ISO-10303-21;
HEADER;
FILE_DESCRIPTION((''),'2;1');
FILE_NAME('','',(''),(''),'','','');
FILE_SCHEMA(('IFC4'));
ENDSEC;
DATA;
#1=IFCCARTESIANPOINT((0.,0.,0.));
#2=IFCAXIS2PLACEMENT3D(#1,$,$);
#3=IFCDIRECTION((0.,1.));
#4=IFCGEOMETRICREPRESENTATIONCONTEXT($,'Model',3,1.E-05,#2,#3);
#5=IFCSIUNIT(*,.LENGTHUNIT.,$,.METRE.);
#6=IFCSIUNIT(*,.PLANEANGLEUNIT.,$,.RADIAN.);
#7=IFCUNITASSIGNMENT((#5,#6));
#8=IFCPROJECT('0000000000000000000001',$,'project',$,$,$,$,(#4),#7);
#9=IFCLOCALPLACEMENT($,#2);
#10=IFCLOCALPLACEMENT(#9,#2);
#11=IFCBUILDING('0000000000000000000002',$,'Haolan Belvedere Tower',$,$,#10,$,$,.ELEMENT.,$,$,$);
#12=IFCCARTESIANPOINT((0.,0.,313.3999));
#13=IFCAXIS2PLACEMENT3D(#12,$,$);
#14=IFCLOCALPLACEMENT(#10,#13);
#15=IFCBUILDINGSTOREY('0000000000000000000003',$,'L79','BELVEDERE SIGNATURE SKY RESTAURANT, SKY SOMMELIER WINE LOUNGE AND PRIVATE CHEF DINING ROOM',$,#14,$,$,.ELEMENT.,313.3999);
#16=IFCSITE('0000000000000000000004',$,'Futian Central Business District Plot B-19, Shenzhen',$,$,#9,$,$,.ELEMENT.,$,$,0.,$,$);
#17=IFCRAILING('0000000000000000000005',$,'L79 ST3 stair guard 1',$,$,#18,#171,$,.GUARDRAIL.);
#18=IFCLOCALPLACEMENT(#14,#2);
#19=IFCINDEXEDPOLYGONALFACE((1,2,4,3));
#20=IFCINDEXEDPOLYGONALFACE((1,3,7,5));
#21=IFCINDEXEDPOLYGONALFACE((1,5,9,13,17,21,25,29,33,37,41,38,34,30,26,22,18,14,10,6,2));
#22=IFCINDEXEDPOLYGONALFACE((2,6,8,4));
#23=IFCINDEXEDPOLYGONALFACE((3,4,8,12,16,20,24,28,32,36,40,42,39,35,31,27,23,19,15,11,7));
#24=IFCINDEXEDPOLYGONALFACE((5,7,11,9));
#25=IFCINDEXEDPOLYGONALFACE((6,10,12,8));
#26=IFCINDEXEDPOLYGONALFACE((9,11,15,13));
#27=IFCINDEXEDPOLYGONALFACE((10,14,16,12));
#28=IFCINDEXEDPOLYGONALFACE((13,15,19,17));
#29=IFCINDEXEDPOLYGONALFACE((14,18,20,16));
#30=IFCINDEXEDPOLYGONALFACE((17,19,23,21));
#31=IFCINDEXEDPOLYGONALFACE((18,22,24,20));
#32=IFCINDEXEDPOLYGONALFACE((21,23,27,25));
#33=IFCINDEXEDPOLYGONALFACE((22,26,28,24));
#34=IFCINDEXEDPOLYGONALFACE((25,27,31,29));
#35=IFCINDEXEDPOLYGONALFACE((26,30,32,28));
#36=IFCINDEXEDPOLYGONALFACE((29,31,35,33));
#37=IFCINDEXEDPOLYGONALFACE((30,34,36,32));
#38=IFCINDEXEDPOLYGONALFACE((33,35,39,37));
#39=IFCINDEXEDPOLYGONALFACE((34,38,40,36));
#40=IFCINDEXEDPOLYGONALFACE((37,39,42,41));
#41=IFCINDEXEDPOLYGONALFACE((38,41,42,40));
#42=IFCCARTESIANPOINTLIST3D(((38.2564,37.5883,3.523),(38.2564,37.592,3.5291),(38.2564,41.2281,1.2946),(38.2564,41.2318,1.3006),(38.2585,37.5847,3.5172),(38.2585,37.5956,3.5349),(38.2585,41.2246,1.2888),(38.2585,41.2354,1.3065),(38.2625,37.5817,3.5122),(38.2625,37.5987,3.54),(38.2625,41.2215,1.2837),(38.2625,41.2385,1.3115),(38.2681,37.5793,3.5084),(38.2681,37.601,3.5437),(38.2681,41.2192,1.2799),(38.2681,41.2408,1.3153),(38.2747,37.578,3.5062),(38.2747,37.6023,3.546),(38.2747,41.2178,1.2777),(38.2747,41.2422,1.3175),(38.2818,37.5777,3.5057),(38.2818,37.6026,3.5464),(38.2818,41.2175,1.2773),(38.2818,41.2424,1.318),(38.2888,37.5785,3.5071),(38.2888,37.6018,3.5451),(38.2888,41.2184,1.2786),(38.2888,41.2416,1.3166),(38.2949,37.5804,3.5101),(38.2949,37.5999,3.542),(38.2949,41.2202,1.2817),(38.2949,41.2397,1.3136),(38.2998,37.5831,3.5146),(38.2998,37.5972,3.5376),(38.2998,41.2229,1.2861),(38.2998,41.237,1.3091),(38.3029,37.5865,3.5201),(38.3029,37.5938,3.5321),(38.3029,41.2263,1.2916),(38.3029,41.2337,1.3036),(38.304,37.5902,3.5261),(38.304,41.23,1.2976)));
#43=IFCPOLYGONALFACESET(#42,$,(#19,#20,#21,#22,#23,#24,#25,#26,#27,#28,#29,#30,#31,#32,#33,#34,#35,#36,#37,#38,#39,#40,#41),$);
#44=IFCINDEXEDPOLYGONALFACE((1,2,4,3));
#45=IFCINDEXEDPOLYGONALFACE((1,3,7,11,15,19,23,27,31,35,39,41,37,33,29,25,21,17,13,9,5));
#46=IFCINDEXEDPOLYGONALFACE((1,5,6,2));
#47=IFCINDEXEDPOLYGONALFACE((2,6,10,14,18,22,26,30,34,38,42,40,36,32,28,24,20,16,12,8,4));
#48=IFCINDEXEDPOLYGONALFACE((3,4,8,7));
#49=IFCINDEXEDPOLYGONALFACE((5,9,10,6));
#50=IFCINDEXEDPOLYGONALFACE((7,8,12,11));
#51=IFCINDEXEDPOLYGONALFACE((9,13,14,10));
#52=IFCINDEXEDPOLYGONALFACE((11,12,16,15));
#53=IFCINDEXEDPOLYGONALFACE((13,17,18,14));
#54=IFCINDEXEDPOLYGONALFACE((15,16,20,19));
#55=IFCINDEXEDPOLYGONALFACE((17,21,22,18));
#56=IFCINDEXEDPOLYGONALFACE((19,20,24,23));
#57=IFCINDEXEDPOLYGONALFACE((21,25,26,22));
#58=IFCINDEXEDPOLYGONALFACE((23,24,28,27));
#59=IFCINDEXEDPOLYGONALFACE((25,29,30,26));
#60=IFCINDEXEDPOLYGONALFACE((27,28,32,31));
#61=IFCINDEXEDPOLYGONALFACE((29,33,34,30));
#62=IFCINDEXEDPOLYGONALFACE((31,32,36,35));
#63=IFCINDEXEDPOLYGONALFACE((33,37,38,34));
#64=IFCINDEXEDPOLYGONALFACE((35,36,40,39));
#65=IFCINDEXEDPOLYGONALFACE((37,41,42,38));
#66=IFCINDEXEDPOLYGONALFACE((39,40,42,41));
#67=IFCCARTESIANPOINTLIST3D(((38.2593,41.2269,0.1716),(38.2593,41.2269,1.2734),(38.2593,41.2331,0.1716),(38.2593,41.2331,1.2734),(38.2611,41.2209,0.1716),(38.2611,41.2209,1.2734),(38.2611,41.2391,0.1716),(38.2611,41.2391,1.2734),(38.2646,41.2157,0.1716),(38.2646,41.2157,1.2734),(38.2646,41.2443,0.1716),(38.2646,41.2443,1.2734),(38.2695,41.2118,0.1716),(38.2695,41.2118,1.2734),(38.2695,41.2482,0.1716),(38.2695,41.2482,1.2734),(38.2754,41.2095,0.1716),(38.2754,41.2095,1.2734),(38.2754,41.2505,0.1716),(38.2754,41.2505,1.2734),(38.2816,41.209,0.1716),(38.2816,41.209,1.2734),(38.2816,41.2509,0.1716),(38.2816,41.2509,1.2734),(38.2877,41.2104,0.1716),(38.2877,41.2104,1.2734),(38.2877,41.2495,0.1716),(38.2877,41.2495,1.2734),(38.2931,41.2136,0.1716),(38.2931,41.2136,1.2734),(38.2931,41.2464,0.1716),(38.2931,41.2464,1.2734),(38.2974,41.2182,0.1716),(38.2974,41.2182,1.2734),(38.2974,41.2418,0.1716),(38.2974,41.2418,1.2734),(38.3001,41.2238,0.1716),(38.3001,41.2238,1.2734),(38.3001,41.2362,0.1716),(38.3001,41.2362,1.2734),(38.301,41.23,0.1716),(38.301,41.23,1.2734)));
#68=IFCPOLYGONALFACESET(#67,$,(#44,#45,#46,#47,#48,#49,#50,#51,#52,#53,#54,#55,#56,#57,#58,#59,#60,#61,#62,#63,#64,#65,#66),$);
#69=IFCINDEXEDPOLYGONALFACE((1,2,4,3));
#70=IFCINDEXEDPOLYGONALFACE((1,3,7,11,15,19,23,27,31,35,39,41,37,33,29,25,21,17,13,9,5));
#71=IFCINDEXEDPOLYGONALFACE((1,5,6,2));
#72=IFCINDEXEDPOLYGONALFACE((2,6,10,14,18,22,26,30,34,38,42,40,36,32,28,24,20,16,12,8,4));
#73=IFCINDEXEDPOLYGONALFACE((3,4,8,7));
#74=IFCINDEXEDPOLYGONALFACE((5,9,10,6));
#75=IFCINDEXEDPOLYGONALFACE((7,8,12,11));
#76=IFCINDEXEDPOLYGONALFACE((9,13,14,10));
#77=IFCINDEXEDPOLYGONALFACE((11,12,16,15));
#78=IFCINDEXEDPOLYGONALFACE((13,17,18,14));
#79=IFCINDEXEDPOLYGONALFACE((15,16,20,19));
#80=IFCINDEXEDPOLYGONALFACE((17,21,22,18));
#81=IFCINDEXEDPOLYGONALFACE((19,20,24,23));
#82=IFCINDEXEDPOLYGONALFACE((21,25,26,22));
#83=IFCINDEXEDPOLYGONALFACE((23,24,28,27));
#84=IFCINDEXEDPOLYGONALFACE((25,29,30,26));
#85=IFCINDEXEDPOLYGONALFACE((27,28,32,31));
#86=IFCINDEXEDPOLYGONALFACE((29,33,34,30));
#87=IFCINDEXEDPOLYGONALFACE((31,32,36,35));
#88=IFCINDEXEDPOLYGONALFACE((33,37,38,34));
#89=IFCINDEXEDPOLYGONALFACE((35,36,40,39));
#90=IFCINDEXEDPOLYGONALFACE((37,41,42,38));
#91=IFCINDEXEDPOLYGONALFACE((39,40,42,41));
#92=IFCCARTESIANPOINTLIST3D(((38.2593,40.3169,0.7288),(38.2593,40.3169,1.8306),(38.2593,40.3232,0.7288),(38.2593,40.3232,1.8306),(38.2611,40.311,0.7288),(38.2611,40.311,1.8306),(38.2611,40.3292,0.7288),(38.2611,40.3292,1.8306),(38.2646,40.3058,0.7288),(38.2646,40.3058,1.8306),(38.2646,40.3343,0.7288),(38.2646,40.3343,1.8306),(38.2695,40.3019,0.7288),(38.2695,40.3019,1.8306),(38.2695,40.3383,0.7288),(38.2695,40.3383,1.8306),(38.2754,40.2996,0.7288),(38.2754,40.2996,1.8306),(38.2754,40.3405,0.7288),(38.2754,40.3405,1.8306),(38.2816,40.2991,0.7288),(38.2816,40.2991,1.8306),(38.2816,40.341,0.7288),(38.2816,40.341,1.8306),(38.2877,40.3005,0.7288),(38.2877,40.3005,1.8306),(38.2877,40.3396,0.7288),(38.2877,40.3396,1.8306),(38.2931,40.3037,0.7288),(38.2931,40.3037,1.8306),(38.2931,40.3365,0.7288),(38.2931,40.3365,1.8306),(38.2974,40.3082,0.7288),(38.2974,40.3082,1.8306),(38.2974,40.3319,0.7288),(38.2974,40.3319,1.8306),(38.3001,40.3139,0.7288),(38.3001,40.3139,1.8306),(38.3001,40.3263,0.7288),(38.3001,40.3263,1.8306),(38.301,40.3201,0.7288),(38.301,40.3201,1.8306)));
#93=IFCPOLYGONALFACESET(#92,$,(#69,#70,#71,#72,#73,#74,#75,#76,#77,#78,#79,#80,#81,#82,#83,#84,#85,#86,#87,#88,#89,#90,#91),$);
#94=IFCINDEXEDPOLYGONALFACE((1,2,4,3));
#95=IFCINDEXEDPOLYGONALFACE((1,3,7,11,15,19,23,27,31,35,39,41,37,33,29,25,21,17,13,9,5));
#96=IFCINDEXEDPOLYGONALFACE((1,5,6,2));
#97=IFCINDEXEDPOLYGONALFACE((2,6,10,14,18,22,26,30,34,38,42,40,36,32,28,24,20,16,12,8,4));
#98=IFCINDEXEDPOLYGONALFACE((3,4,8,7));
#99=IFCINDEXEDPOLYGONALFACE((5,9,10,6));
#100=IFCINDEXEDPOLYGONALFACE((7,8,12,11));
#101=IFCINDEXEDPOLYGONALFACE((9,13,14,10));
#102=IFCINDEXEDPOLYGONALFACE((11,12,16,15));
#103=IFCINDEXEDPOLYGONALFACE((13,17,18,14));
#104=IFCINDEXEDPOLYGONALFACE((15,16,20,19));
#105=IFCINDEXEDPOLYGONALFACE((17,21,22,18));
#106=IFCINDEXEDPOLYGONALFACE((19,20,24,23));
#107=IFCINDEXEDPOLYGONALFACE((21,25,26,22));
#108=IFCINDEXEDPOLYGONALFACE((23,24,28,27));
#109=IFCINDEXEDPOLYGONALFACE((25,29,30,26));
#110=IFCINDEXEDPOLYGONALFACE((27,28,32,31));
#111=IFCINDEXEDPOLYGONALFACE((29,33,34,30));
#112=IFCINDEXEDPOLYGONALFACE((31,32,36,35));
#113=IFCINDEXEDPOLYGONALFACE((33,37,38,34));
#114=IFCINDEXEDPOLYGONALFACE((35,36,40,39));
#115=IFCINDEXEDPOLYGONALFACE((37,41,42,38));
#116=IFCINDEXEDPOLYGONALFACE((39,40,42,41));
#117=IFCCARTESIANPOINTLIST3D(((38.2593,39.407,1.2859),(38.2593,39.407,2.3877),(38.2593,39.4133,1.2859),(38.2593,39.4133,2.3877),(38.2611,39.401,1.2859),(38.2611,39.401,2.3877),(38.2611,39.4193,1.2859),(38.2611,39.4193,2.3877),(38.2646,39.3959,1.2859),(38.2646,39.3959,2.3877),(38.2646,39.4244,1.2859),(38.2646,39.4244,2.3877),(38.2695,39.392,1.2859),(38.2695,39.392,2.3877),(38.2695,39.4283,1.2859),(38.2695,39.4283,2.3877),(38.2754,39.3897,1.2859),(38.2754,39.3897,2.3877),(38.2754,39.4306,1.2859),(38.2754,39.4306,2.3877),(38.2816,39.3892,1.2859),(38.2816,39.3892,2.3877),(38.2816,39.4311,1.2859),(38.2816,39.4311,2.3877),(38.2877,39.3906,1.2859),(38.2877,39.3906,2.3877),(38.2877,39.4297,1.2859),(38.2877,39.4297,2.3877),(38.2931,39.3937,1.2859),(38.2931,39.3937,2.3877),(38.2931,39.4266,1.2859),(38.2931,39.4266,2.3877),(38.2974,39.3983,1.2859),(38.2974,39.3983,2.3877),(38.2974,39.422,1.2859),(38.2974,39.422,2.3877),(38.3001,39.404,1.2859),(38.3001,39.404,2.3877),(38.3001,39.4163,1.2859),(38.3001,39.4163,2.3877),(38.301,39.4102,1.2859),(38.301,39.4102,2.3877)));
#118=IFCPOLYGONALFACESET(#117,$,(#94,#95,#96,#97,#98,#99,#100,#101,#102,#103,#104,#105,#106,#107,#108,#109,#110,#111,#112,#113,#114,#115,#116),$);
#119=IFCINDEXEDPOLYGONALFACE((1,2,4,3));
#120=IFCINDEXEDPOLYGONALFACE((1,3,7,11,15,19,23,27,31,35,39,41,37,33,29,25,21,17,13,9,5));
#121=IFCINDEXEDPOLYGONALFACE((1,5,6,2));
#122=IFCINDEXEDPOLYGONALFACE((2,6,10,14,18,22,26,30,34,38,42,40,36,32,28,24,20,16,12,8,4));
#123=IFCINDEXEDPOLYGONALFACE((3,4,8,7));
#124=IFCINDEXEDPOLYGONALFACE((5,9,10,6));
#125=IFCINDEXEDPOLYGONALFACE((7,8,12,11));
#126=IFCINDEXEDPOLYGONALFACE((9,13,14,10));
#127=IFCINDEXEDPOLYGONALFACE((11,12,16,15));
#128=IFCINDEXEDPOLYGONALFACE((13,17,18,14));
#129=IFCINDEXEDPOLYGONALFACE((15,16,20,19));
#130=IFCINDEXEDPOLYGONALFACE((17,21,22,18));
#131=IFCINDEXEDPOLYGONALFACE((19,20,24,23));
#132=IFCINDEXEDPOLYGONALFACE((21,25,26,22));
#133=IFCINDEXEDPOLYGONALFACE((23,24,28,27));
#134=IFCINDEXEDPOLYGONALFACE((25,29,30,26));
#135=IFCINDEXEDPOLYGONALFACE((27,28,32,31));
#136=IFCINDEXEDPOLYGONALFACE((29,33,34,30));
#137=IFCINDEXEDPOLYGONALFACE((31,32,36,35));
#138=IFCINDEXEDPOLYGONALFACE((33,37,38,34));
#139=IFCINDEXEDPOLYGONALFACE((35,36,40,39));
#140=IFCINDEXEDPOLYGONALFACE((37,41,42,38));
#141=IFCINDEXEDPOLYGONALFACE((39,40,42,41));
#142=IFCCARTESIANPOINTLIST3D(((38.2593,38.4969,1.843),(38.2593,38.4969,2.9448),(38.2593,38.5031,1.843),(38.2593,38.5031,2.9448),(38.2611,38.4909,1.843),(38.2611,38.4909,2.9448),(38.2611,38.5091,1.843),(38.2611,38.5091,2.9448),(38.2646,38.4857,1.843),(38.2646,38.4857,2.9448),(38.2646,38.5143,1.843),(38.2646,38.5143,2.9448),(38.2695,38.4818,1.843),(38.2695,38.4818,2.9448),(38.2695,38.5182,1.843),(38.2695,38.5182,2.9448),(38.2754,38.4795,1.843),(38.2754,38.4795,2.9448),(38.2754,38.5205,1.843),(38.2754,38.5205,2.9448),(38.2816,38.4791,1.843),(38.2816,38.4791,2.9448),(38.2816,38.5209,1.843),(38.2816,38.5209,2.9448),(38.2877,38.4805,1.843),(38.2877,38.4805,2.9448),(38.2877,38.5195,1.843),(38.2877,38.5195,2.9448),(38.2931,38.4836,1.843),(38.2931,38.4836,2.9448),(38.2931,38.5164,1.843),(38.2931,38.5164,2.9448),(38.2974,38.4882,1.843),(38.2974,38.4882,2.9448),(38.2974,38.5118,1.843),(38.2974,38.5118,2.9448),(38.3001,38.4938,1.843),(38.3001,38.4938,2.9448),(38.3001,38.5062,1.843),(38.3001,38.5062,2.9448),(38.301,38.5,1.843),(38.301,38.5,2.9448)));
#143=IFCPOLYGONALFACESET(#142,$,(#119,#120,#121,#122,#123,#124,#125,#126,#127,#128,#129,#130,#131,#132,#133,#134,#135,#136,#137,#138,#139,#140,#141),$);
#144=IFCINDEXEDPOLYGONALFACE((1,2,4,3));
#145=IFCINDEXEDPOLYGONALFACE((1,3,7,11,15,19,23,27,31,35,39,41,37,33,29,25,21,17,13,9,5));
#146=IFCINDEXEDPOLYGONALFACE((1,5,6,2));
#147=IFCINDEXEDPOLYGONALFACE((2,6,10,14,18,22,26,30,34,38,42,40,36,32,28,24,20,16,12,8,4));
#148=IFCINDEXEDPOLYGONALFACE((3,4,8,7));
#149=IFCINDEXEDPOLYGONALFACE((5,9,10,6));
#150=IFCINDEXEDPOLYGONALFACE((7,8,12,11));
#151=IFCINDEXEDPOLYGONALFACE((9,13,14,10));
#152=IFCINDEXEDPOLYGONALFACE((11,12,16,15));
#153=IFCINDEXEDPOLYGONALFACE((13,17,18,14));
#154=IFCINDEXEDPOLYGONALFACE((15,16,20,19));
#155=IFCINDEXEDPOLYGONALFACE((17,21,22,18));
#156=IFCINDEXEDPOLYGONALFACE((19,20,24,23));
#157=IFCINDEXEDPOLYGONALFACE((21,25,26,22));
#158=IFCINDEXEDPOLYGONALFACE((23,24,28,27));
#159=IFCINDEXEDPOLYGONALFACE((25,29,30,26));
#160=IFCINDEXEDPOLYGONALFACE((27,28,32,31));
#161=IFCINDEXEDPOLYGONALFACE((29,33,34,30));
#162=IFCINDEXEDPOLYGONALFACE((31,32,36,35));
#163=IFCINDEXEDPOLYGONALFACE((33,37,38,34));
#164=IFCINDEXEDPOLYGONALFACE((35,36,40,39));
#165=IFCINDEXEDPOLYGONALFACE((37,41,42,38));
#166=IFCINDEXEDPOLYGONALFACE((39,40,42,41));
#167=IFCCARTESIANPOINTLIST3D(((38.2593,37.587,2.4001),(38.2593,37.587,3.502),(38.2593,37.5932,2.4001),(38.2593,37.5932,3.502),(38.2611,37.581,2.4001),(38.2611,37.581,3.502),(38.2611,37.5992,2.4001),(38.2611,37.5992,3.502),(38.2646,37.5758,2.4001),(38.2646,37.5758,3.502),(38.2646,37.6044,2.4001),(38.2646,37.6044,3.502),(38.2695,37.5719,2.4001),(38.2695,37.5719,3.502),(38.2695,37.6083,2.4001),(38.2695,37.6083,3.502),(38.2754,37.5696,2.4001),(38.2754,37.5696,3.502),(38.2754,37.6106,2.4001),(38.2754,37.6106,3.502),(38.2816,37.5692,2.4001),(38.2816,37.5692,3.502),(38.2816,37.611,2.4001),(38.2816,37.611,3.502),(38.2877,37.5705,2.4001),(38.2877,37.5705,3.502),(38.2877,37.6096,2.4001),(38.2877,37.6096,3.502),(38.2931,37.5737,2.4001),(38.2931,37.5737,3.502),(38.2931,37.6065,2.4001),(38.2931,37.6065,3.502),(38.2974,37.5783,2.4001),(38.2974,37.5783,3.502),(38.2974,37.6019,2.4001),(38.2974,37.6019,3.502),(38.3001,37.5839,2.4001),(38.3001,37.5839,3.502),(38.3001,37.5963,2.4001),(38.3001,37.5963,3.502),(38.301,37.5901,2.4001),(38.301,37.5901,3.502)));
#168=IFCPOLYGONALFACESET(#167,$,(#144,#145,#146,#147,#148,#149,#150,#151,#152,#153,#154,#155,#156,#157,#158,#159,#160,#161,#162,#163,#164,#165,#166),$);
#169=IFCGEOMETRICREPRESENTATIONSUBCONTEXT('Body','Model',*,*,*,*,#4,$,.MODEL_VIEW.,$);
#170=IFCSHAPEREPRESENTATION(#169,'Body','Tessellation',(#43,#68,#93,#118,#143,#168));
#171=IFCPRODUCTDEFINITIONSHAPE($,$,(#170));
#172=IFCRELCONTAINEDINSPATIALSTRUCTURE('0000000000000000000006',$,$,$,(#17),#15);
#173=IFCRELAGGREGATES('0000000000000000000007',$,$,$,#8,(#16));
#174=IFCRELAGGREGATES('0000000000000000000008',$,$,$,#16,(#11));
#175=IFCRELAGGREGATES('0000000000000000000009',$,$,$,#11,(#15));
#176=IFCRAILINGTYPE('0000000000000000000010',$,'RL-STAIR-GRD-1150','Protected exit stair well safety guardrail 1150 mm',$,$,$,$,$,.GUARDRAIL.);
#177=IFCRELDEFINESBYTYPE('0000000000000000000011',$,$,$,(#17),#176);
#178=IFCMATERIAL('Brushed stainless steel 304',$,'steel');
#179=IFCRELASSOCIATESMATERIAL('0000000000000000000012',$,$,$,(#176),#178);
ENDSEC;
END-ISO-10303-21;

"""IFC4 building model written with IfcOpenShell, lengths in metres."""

from ifc_helpers import new_model, si_unit, direction, frame, origin, origin_2d, place, context, subcontext, project, spatial, circle, extrude, material, type_object, element, save


model = new_model("IFC4")

# Units and contexts
model_context = context("Model", 3, precision=1e-05, world=origin(), true_north=direction((0.0, 1.0)))
body_context = subcontext(model_context, "Body", "Model", "MODEL_VIEW")
ifc_project = project(units=[si_unit("LENGTHUNIT", "METRE"), si_unit("PLANEANGLEUNIT", "RADIAN")], contexts=[model_context])

# Site, building, storey
site_placement = place(None, origin())
site = spatial("IfcSite", under=ifc_project, at=site_placement, Name="Futian Central Business District Plot B-19, Shenzhen", CompositionType="ELEMENT", RefElevation=0.0)
building_placement = place(site_placement, origin())
building = spatial("IfcBuilding", under=site, at=building_placement, Name="Haolan Belvedere Tower", CompositionType="ELEMENT")
storey_placement = place(building_placement, frame((0.0, 0.0, 313.3999)))
storey = spatial("IfcBuildingStorey", under=building, at=storey_placement, Name="L79", Description="BELVEDERE SIGNATURE SKY RESTAURANT, SKY SOMMELIER WINE LOUNGE AND PRIVATE CHEF DINING ROOM", CompositionType="ELEMENT", Elevation=313.3999)

# Railing
ifc_material_1 = material(Name="Brushed stainless steel 304", Category="steel")
railing_type = type_object("IfcRailingType", Name="RL-STAIR-GRD-1150", Description="Protected exit stair well safety guardrail 1150 mm", PredefinedType="GUARDRAIL", material=ifc_material_1)
railing_1_placement = place(storey_placement, frame((38.28, 41.23, 0.1716)))
element("IfcRailing", 1, at=railing_1_placement, inside=storey, type_object=railing_type, Name="L79 ST3 stair guard 1", PredefinedType="GUARDRAIL", context=body_context, shape_type="SweptSolid", body=[
    extrude(circle(Radius=0.0239, at=origin_2d()), frame((0.0, 0.0, 1.126), z_axis=(0.0, -0.85285, 0.522156), x_axis=(1.0, 0.0, 0.0)), (0.0, 0.0, 1.0), 4.2678),
    extrude(circle(Radius=0.021, at=origin_2d()), origin(), (0.0, 0.0, 1.0), 1.1018),
    extrude(circle(Radius=0.021, at=origin_2d()), frame((0.0, -0.9099, 0.5571)), (0.0, 0.0, 1.0), 1.1018),
    extrude(circle(Radius=0.021, at=origin_2d()), frame((0.0, -1.8198, 1.1143)), (0.0, 0.0, 1.0), 1.1018),
    extrude(circle(Radius=0.021, at=origin_2d()), frame((0.0, -2.73, 1.6714)), (0.0, 0.0, 1.0), 1.1018),
    extrude(circle(Radius=0.021, at=origin_2d()), frame((0.0, -3.6399, 2.2285)), (0.0, 0.0, 1.0), 1.1018),
])

save(model, "model.ifc")
